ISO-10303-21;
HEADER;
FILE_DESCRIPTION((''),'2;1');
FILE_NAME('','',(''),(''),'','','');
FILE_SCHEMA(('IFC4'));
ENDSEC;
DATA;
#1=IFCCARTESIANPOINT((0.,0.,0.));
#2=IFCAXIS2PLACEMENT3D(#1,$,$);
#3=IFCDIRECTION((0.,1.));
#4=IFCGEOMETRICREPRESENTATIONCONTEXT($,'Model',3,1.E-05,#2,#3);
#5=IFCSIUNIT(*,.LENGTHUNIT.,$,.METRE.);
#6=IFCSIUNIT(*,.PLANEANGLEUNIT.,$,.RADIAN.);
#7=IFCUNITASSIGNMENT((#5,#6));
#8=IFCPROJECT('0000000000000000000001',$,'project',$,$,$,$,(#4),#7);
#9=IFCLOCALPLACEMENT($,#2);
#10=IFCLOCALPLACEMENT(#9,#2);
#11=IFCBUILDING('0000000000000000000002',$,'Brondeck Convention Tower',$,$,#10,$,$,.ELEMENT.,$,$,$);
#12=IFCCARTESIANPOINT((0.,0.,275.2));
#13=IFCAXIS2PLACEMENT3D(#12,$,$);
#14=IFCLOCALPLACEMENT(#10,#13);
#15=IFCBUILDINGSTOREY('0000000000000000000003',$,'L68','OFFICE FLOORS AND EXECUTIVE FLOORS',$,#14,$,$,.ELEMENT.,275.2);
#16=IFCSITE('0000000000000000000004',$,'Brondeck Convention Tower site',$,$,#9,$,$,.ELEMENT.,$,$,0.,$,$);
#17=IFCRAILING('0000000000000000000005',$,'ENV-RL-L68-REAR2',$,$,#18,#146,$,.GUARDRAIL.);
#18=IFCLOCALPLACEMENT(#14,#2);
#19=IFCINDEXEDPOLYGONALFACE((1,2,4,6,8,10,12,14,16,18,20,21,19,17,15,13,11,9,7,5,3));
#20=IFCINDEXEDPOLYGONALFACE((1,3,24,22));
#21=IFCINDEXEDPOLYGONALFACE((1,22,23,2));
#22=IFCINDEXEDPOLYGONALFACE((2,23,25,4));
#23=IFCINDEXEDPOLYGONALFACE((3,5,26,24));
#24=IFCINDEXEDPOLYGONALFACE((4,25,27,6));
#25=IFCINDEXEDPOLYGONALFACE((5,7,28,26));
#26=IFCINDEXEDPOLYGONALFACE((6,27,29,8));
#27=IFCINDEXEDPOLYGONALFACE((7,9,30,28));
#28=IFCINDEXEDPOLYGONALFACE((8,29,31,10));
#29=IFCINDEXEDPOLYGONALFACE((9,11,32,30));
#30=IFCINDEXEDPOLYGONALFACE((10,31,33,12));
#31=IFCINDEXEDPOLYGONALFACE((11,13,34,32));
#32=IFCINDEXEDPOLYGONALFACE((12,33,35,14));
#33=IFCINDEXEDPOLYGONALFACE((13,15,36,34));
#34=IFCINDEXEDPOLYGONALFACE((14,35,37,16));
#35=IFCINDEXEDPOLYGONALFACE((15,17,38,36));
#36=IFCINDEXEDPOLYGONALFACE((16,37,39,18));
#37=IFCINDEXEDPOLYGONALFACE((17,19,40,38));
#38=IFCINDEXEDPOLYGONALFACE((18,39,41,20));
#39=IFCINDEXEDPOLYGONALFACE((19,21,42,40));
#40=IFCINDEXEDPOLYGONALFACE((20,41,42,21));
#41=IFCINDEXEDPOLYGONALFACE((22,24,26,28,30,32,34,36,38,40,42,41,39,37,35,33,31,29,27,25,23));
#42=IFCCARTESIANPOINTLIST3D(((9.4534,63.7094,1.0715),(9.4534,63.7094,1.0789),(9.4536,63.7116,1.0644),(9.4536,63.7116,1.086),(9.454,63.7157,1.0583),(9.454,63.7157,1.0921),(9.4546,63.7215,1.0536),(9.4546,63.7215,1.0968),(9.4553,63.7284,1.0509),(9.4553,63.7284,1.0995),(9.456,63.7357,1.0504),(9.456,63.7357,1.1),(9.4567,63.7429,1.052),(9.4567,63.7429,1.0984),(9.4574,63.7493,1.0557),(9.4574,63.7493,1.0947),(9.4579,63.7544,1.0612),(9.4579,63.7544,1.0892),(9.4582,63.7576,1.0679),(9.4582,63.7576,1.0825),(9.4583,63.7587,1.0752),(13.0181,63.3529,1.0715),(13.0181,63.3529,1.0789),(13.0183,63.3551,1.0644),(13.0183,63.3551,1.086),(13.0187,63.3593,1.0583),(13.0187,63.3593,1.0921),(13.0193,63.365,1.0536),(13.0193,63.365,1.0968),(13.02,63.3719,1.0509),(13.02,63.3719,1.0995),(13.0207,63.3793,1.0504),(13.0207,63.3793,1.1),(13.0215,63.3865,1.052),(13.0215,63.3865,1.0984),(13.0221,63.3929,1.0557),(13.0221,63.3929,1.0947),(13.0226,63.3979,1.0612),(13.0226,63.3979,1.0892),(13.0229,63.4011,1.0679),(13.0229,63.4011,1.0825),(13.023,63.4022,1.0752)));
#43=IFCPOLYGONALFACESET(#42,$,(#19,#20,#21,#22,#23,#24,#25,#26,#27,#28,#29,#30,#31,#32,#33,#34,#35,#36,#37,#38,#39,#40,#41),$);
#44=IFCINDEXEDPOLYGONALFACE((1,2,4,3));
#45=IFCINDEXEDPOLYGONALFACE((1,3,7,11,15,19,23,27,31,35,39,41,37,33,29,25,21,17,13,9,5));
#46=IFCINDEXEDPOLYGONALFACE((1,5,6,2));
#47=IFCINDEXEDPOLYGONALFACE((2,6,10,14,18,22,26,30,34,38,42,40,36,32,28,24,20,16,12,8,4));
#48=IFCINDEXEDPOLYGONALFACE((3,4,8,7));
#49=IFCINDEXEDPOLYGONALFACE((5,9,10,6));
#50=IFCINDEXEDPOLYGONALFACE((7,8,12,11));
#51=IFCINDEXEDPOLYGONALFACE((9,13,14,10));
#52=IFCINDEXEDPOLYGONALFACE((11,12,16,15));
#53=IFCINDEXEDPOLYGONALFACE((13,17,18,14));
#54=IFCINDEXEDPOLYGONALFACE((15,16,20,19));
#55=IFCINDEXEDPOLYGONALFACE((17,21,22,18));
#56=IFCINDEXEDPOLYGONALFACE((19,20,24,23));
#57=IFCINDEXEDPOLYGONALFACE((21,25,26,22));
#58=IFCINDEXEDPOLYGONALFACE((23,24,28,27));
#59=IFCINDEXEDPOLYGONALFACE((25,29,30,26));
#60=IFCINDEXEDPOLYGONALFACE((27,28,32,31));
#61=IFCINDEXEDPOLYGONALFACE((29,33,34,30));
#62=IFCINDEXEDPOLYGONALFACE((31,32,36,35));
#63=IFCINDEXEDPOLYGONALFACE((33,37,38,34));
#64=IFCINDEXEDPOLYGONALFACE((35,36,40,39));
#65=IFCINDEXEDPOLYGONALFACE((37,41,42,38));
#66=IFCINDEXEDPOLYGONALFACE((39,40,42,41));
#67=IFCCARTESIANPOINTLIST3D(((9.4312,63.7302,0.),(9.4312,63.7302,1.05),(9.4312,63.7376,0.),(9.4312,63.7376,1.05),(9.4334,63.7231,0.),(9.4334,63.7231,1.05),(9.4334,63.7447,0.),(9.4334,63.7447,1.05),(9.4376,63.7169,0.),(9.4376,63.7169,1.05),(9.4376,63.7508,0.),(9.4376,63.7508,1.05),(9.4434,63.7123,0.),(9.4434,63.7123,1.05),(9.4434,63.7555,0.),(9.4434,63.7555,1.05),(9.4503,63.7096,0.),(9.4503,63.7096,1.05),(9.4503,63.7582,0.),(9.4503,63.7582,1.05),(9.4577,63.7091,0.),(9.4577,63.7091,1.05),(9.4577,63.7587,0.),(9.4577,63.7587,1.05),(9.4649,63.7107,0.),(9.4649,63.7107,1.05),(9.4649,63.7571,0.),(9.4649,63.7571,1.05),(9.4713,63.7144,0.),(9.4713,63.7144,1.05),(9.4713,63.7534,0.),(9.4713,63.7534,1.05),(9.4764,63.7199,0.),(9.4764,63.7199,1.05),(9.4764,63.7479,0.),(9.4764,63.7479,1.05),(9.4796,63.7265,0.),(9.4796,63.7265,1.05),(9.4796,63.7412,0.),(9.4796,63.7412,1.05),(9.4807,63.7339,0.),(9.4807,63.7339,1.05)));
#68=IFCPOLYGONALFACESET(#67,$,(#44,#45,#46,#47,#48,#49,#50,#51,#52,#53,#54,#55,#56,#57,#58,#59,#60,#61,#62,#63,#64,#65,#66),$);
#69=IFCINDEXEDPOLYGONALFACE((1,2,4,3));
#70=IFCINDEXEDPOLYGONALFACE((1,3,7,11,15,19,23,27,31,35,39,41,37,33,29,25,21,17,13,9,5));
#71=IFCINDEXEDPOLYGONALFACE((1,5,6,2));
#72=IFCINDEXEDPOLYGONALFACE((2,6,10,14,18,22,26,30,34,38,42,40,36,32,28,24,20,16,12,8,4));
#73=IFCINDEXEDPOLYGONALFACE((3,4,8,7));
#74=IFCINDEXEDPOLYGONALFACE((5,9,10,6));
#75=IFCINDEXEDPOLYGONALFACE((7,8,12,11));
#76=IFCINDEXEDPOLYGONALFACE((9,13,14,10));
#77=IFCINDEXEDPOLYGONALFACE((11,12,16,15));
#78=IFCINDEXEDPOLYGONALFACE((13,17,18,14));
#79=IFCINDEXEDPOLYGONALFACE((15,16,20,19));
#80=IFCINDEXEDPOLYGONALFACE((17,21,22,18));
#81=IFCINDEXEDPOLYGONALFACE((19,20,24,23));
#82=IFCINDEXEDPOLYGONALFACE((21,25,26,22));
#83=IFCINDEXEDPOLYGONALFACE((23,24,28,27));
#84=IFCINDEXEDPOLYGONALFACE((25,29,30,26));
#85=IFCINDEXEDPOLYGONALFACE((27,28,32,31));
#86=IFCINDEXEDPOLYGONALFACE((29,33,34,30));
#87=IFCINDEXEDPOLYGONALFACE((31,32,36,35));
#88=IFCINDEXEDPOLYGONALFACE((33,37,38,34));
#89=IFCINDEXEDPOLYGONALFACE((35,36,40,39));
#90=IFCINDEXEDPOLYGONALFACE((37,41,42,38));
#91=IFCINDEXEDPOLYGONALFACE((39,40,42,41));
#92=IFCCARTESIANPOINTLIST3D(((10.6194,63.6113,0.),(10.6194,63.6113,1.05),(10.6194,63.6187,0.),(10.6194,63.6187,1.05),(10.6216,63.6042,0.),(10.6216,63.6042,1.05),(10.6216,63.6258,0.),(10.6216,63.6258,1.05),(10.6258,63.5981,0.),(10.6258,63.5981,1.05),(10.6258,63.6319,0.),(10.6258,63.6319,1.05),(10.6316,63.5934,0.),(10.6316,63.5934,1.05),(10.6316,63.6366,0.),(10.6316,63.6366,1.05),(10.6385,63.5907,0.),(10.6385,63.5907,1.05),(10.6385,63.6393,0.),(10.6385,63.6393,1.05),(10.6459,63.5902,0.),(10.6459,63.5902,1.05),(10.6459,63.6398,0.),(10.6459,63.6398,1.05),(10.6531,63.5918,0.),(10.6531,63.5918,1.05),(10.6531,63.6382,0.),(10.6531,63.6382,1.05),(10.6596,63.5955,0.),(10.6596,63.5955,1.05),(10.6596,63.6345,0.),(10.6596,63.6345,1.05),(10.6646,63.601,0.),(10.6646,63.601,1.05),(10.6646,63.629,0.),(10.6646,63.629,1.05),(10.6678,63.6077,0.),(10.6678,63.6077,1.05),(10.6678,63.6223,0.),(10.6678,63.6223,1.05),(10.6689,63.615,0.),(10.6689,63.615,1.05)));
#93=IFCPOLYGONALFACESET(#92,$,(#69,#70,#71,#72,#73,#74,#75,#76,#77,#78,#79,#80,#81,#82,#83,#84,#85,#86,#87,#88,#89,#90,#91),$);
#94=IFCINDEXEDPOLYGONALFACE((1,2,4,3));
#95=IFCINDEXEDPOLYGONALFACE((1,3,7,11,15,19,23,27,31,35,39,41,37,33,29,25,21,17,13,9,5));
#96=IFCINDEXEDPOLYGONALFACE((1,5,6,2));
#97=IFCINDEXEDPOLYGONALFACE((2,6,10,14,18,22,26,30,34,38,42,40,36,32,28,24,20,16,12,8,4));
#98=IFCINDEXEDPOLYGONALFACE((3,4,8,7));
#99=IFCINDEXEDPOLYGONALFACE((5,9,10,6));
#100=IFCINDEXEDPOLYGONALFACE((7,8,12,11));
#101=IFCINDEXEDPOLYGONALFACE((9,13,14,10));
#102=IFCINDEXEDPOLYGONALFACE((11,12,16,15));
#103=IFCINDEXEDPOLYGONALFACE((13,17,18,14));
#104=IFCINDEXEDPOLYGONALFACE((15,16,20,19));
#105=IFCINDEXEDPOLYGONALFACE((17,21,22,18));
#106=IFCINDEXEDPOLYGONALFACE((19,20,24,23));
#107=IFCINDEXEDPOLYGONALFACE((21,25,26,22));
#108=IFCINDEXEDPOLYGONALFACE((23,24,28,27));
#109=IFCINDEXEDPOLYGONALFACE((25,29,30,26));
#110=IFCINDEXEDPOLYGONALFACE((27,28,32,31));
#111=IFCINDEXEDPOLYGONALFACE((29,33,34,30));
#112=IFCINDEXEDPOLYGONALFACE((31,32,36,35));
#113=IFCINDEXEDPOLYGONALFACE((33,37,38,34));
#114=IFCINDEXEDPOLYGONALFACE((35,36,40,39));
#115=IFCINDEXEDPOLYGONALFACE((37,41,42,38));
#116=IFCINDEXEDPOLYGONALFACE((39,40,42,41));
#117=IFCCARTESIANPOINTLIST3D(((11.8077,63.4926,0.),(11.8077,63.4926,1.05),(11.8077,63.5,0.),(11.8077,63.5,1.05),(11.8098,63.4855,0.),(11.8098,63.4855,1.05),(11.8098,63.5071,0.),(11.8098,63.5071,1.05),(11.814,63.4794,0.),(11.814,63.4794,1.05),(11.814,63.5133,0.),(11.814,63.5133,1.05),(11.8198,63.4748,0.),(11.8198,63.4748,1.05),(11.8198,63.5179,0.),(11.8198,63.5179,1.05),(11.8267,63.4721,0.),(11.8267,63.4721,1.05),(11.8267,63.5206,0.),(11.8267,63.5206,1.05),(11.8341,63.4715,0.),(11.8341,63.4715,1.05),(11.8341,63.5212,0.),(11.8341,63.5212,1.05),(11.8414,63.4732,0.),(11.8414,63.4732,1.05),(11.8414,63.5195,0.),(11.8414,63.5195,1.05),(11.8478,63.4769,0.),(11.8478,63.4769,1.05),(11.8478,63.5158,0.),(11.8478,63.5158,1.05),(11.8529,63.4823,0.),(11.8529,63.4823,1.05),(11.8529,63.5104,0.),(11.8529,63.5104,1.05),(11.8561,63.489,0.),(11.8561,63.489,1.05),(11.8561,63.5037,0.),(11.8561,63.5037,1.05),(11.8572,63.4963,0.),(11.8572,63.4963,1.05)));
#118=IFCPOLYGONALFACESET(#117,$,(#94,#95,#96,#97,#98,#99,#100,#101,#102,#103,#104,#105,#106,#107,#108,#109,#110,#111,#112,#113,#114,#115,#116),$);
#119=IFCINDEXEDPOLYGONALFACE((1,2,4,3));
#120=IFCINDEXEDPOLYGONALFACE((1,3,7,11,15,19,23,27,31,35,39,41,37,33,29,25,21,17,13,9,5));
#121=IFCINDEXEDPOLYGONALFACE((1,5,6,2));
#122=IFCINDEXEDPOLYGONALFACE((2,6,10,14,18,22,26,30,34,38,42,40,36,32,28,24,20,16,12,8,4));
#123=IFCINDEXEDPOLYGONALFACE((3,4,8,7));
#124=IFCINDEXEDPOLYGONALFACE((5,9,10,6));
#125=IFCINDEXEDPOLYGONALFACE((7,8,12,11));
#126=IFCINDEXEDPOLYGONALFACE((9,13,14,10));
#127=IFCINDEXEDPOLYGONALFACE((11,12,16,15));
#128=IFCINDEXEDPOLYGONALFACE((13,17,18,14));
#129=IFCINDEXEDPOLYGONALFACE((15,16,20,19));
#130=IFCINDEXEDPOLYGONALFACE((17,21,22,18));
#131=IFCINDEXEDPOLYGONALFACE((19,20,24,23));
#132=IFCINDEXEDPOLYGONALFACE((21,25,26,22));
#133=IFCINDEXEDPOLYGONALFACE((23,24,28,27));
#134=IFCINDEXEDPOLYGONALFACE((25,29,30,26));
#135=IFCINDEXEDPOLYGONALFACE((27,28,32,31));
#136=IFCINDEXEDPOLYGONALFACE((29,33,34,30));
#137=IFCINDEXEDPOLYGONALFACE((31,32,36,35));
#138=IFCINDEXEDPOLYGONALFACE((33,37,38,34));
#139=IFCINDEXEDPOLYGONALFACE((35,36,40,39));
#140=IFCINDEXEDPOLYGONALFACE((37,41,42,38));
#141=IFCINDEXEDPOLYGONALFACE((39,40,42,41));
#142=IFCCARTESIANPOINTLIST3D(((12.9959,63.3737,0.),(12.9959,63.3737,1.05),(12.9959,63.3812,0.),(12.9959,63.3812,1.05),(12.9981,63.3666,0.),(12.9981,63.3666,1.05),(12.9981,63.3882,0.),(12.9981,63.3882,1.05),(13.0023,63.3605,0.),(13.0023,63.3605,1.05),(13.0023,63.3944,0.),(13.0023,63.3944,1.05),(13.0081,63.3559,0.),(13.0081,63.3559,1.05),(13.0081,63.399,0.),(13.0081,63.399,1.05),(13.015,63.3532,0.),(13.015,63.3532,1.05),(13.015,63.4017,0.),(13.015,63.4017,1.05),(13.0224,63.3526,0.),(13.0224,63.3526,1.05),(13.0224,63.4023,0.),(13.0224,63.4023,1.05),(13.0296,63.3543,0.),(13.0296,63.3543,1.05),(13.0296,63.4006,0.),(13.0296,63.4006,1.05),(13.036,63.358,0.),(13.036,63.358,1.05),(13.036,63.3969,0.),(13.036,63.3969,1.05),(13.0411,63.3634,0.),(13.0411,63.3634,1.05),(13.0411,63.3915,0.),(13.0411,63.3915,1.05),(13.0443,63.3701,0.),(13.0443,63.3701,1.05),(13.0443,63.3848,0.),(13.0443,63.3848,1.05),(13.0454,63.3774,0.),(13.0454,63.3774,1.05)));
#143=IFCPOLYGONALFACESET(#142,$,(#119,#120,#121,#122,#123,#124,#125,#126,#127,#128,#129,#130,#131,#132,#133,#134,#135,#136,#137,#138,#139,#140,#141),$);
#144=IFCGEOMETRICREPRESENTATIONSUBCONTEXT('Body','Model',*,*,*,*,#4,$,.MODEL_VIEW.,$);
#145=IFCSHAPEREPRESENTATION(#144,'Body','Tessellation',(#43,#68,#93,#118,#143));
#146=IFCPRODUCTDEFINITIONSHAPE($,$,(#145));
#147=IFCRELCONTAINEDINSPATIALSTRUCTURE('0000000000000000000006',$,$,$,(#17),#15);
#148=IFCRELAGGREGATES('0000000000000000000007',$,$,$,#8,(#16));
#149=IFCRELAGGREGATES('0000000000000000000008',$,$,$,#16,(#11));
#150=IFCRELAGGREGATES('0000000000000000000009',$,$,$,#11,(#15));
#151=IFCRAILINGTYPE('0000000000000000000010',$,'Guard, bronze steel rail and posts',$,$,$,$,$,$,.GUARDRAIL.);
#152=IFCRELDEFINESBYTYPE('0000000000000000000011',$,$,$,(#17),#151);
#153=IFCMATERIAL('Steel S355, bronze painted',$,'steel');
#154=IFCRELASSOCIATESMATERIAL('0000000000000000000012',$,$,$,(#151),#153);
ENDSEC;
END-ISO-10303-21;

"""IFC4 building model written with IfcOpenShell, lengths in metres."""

from ifc_helpers import new_model, si_unit, direction, frame, origin, origin_2d, place, context, subcontext, project, spatial, circle, extrude, material, type_object, element, save


model = new_model("IFC4")

# Units and contexts
model_context = context("Model", 3, precision=1e-05, world=origin(), true_north=direction((0.0, 1.0)))
body_context = subcontext(model_context, "Body", "Model", "MODEL_VIEW")
ifc_project = project(units=[si_unit("LENGTHUNIT", "METRE"), si_unit("PLANEANGLEUNIT", "RADIAN")], contexts=[model_context])

# Site, building, storey
site_placement = place(None, origin())
site = spatial("IfcSite", under=ifc_project, at=site_placement, Name="Brondeck Convention Tower site", CompositionType="ELEMENT", RefElevation=0.0)
building_placement = place(site_placement, origin())
building = spatial("IfcBuilding", under=site, at=building_placement, Name="Brondeck Convention Tower", CompositionType="ELEMENT")
storey_placement = place(building_placement, frame((0.0, 0.0, 275.2)))
storey = spatial("IfcBuildingStorey", under=building, at=storey_placement, Name="L68", Description="OFFICE FLOORS AND EXECUTIVE FLOORS", CompositionType="ELEMENT", Elevation=275.2)

# Railing
ifc_material_1 = material(Name="Steel S355, bronze painted", Category="steel")
railing_type_1 = type_object("IfcRailingType", Name="Guard, bronze steel rail and posts", PredefinedType="GUARDRAIL", material=ifc_material_1)
railing_1_placement = place(storey_placement, frame((9.4558, 63.7339, 0.0)))
element("IfcRailing", 1, at=railing_1_placement, inside=storey, type_object=railing_type_1, Name="ENV-RL-L68-REAR2", PredefinedType="GUARDRAIL", context=body_context, shape_type="SweptSolid", body=[
    extrude(circle(Radius=0.0249, at=origin_2d()), frame((0.0, 0.0, 1.0752), z_axis=(0.995038, -0.099497, 0.0), x_axis=(0.099497, 0.995038, 0.0)), (0.0, 0.0, 1.0), 3.5825),
    extrude(circle(Radius=0.0249, at=origin_2d()), origin(), (0.0, 0.0, 1.0), 1.05),
    extrude(circle(Radius=0.0249, at=origin_2d()), frame((1.1882, -0.1189, 0.0)), (0.0, 0.0, 1.0), 1.05),
    extrude(circle(Radius=0.0249, at=origin_2d()), frame((2.3765, -0.2375, 0.0)), (0.0, 0.0, 1.0), 1.05),
    extrude(circle(Radius=0.0249, at=origin_2d()), frame((3.5647, -0.3564, 0.0)), (0.0, 0.0, 1.0), 1.05),
])

save(model, "model.ifc")
